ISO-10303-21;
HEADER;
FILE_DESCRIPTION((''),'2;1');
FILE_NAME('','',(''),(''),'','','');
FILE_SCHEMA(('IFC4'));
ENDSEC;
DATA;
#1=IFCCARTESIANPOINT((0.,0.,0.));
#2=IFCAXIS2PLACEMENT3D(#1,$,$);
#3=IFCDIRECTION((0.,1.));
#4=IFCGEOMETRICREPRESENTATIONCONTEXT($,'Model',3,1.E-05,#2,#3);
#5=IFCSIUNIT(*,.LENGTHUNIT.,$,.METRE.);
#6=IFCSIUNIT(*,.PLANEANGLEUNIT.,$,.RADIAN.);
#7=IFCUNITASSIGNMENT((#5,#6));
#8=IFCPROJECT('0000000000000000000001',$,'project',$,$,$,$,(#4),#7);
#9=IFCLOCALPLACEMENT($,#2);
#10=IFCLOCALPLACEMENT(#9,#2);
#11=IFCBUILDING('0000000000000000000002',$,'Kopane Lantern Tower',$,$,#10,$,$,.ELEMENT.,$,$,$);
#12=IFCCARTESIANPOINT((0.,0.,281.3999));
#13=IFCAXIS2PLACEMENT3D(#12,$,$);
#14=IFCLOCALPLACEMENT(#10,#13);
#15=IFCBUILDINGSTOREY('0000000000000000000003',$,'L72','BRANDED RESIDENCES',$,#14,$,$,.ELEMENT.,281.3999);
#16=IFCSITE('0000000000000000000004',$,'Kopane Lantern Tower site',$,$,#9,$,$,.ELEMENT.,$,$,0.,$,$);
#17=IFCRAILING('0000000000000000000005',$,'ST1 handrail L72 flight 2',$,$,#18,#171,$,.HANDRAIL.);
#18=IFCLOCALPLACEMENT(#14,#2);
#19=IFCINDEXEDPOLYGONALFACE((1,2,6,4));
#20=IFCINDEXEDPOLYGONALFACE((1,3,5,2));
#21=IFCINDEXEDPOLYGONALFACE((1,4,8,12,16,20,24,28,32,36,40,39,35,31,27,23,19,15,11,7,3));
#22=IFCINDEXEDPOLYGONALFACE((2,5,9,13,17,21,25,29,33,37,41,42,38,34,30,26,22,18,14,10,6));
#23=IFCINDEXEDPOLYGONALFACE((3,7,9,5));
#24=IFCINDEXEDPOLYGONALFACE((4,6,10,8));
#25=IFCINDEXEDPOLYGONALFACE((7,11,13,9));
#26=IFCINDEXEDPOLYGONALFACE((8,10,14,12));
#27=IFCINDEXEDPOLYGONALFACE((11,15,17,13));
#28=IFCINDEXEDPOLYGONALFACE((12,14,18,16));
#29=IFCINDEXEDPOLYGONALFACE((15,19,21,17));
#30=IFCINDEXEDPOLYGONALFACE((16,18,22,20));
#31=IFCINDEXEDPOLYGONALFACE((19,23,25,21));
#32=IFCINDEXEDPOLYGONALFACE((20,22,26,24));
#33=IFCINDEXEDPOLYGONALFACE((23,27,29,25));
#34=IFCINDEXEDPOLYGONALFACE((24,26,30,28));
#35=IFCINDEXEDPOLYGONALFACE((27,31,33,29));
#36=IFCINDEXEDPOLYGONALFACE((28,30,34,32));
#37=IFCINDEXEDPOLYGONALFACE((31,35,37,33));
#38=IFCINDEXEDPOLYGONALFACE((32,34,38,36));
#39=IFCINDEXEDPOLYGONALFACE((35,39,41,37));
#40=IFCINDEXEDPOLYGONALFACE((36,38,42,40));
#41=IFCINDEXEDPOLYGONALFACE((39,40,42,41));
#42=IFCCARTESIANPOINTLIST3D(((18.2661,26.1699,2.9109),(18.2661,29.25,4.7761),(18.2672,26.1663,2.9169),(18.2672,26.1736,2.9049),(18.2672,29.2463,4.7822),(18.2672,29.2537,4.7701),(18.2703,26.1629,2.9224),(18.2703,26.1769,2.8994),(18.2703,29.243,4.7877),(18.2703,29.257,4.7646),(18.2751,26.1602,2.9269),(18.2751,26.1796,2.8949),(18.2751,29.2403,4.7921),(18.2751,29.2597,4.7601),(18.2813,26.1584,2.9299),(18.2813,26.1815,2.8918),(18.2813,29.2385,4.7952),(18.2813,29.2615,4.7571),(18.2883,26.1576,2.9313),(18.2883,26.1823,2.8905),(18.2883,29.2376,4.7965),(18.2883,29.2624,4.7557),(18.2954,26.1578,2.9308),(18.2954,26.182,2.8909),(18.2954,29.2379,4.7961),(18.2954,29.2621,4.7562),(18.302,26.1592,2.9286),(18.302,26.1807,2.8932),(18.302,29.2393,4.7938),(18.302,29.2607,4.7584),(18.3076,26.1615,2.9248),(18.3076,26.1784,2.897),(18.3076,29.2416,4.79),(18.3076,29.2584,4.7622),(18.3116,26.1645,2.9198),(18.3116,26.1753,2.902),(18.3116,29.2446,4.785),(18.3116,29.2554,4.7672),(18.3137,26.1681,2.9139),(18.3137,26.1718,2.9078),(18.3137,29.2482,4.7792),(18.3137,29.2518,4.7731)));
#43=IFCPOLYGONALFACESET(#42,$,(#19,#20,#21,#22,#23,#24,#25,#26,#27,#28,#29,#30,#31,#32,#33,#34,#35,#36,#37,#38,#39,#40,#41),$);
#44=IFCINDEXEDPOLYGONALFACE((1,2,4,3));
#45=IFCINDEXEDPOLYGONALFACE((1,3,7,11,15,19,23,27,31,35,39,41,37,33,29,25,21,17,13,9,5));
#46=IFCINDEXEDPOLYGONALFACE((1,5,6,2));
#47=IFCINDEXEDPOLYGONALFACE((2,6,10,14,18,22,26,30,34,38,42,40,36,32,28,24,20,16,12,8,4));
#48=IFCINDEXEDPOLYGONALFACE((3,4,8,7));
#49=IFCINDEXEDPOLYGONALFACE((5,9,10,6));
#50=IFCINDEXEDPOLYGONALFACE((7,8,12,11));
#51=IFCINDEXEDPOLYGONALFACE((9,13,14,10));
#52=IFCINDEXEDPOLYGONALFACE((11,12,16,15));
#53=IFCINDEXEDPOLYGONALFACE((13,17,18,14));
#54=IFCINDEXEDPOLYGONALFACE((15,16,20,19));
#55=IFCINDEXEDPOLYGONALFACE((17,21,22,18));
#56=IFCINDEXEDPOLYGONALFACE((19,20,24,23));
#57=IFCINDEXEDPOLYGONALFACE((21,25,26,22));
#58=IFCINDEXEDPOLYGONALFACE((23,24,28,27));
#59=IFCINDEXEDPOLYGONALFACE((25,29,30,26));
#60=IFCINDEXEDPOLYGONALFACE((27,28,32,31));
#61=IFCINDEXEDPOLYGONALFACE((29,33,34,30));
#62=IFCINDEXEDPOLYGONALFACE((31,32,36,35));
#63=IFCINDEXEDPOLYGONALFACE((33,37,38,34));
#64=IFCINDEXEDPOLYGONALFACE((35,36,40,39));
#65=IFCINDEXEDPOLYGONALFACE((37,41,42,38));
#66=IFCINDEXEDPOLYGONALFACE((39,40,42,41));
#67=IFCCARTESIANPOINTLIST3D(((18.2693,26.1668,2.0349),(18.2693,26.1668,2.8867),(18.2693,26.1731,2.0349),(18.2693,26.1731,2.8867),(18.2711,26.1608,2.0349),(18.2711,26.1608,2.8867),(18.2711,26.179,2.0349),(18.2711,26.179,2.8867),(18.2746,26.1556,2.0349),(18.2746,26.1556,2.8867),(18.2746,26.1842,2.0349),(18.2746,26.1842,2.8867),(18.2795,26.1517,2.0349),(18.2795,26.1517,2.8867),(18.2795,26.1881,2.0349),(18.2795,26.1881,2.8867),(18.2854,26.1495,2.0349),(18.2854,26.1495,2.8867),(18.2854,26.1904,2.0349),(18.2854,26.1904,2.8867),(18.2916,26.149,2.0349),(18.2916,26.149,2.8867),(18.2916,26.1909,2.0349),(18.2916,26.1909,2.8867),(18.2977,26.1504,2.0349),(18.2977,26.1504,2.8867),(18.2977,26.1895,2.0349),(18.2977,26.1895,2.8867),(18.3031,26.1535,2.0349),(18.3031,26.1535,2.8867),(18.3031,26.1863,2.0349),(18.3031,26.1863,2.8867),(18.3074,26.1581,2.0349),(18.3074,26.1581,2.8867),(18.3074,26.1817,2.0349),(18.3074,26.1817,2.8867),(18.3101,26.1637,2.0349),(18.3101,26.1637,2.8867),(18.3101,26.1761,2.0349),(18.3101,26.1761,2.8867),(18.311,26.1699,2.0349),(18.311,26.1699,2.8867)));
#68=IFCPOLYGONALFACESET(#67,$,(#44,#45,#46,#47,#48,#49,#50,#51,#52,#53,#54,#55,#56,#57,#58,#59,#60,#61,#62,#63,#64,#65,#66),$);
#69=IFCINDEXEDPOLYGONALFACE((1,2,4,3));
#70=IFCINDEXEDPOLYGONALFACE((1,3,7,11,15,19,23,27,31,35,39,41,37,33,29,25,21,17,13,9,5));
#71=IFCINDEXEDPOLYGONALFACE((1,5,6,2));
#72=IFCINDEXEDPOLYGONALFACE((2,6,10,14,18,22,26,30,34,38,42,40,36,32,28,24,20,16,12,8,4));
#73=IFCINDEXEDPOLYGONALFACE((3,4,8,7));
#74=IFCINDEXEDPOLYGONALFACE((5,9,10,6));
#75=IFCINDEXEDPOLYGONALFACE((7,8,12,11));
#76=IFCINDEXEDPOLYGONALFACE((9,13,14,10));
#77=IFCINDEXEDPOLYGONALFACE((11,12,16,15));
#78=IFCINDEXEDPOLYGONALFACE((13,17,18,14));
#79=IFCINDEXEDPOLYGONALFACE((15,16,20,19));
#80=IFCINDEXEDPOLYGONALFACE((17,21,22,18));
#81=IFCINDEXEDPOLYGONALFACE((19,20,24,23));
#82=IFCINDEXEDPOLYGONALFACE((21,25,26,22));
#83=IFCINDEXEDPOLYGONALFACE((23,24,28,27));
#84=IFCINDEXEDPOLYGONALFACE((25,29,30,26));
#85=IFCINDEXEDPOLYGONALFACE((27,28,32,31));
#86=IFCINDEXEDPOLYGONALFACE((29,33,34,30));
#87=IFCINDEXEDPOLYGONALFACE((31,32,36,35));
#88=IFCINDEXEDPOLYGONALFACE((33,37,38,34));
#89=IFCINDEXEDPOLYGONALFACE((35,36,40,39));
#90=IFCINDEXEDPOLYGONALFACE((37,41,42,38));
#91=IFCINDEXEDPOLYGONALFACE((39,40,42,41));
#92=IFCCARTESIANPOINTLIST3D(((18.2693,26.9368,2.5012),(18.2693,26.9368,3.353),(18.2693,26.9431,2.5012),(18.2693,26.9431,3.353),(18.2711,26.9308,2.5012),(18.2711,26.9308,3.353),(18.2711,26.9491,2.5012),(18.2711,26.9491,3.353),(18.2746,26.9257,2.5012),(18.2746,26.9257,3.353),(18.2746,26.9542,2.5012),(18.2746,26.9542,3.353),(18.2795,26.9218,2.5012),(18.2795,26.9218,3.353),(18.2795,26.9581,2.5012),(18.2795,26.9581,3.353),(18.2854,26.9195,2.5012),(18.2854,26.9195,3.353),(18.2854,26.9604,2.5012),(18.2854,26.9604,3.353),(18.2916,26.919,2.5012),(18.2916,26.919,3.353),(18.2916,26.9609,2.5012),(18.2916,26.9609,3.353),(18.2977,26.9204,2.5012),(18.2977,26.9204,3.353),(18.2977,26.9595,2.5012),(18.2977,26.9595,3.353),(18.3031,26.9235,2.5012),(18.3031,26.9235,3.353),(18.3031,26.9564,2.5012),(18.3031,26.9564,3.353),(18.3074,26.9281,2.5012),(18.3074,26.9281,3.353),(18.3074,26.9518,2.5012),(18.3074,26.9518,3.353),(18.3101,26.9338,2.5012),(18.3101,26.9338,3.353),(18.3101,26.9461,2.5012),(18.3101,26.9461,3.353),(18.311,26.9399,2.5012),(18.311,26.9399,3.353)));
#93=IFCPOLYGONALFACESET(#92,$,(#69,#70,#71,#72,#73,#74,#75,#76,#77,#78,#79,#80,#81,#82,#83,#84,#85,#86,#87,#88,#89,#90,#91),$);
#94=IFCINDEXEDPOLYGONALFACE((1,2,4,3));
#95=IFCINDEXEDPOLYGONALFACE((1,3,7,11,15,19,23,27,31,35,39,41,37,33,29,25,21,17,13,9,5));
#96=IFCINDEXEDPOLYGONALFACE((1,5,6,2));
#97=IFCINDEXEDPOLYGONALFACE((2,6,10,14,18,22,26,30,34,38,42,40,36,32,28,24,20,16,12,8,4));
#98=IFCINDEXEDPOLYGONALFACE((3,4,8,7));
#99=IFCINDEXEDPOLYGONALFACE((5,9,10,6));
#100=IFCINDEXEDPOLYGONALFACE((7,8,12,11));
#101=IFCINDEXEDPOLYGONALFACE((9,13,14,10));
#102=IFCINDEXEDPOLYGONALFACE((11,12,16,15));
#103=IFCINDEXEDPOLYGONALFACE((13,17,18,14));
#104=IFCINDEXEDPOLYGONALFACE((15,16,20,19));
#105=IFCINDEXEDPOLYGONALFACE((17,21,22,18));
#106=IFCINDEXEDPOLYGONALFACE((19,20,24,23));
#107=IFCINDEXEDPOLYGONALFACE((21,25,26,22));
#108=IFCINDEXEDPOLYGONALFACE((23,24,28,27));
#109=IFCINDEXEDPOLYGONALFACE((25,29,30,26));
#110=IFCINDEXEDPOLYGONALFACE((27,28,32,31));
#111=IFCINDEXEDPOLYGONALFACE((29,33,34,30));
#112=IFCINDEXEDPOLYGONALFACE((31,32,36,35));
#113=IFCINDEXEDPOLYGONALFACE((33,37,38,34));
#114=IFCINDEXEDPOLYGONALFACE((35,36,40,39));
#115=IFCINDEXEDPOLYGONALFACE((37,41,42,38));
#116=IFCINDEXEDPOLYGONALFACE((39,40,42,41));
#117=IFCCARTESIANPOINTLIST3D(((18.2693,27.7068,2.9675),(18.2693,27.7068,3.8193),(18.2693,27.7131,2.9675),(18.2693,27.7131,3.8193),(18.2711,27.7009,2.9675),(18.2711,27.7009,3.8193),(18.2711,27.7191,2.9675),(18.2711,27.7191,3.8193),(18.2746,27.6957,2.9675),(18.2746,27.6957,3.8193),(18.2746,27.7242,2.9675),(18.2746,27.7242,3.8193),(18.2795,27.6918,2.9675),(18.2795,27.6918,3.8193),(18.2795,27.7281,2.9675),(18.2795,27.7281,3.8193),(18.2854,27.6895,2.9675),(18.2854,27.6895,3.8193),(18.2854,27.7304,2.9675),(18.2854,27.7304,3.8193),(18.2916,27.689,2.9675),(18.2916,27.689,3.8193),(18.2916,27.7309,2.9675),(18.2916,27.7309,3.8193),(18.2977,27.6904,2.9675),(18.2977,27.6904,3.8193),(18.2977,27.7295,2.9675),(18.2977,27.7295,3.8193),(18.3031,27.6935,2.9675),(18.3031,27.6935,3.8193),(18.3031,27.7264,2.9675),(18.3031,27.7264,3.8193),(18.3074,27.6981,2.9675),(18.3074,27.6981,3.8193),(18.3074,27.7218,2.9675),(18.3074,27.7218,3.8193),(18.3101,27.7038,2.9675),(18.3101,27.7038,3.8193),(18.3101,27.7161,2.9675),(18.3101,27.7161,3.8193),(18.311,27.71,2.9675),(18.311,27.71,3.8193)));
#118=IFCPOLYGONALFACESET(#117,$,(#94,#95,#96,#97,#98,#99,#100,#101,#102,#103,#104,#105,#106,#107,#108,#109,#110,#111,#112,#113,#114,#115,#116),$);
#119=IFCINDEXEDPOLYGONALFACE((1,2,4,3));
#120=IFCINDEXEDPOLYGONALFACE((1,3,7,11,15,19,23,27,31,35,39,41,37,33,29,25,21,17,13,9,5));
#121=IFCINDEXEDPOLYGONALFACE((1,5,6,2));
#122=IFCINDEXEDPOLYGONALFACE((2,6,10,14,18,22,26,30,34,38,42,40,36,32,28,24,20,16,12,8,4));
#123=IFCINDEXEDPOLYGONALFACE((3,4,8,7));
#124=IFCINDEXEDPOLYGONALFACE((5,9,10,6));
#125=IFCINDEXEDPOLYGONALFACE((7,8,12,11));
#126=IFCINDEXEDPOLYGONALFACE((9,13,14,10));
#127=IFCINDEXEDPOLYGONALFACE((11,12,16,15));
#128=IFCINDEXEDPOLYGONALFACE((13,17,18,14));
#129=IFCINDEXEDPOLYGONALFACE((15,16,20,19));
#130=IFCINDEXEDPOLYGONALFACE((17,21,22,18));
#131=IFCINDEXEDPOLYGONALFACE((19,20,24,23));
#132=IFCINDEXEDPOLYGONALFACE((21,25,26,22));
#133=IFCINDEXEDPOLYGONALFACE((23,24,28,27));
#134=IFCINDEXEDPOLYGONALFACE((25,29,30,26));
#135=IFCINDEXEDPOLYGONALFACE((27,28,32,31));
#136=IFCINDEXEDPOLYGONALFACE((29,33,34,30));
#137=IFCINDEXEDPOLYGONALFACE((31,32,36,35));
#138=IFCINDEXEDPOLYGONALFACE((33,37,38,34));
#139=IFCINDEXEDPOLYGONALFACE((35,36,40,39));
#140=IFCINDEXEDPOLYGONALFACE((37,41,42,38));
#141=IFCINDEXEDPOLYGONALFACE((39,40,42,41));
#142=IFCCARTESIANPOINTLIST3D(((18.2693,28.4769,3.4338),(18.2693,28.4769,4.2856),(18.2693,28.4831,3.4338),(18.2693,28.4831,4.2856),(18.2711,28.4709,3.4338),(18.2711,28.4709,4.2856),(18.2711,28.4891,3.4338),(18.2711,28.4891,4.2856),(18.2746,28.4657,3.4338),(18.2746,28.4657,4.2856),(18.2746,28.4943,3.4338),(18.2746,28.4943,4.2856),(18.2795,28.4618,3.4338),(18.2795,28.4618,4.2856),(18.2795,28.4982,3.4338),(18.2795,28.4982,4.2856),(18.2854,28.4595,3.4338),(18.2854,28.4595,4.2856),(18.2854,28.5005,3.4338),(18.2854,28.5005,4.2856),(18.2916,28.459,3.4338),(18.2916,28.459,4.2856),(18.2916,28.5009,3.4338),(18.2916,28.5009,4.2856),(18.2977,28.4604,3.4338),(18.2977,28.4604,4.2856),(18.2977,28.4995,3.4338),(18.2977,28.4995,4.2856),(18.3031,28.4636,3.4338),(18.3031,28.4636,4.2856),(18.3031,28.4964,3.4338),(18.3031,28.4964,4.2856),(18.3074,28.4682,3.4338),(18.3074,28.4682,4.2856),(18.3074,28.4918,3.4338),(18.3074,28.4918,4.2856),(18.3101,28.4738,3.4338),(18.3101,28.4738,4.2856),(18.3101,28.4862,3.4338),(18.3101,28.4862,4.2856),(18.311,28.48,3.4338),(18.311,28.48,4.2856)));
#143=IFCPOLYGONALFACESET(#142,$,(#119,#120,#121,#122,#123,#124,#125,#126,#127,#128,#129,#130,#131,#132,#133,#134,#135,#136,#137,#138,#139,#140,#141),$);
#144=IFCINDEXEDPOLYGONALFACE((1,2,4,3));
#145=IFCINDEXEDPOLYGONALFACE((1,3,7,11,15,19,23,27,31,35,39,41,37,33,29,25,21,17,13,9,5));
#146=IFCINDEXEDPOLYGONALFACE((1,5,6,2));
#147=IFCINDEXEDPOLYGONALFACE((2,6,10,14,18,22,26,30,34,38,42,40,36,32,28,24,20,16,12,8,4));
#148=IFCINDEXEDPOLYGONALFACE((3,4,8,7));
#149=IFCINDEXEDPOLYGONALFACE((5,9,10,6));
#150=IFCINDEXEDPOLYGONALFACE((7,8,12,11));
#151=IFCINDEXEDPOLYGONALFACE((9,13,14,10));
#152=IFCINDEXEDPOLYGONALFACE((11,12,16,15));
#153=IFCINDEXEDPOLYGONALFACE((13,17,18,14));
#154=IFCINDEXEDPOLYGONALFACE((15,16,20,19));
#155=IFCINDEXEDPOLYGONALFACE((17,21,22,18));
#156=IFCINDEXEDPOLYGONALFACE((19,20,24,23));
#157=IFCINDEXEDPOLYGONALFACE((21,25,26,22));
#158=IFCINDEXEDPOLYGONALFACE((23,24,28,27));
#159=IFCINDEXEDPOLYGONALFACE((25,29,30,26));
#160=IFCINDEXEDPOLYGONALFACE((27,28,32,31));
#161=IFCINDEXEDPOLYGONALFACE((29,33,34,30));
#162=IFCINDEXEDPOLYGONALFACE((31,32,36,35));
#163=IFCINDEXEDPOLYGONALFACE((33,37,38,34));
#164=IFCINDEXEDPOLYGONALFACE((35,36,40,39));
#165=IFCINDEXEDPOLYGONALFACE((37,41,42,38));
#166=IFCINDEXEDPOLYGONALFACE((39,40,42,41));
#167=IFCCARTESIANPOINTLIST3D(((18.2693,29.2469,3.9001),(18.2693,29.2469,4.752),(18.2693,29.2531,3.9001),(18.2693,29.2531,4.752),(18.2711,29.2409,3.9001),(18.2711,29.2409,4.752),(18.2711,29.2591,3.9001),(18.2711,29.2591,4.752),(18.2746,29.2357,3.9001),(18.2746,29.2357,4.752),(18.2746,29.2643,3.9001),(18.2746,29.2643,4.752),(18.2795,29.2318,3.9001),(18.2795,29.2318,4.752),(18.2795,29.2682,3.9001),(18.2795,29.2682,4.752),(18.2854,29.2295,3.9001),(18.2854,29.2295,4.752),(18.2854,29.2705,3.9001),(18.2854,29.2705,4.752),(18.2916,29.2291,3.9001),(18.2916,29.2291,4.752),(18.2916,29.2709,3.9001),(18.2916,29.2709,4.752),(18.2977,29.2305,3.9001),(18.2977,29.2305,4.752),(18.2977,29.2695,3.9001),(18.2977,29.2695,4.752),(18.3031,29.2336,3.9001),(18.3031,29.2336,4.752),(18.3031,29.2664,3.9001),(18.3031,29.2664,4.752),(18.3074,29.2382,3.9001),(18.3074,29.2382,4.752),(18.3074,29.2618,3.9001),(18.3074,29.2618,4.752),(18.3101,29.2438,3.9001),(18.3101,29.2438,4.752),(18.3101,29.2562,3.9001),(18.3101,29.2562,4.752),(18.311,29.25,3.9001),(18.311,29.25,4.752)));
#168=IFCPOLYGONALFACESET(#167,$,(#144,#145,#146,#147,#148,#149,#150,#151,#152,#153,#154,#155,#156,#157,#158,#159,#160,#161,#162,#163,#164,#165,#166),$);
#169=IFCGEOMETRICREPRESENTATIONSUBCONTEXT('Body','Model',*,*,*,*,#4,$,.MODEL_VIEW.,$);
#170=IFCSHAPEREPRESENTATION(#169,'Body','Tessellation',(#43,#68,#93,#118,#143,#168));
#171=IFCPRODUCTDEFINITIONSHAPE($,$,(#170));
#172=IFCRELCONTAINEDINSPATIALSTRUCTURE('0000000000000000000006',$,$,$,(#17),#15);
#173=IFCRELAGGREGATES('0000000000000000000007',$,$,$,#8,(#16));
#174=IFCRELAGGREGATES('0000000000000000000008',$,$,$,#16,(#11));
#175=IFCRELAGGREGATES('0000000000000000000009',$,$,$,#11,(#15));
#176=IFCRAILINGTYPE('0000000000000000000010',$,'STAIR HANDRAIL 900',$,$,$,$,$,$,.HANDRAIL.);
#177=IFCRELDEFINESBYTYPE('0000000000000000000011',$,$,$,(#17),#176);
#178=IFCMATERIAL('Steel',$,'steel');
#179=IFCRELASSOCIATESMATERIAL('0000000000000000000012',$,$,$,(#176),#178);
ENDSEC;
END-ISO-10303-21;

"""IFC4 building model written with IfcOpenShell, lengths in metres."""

from ifc_helpers import new_model, si_unit, direction, frame, origin, origin_2d, place, context, subcontext, project, spatial, circle, extrude, material, type_object, element, save


model = new_model("IFC4")

# Units and contexts
model_context = context("Model", 3, precision=1e-05, world=origin(), true_north=direction((0.0, 1.0)))
body_context = subcontext(model_context, "Body", "Model", "MODEL_VIEW")
ifc_project = project(units=[si_unit("LENGTHUNIT", "METRE"), si_unit("PLANEANGLEUNIT", "RADIAN")], contexts=[model_context])

# Site, building, storey
site_placement = place(None, origin())
site = spatial("IfcSite", under=ifc_project, at=site_placement, Name="Kopane Lantern Tower site", CompositionType="ELEMENT", RefElevation=0.0)
building_placement = place(site_placement, origin())
building = spatial("IfcBuilding", under=site, at=building_placement, Name="Kopane Lantern Tower", CompositionType="ELEMENT")
storey_placement = place(building_placement, frame((0.0, 0.0, 281.3999)))
storey = spatial("IfcBuildingStorey", under=building, at=storey_placement, Name="L72", Description="BRANDED RESIDENCES", CompositionType="ELEMENT", Elevation=281.3999)

# Railing
ifc_material_1 = material(Name="Steel", Category="steel")
railing_type_1 = type_object("IfcRailingType", Name="STAIR HANDRAIL 900", PredefinedType="HANDRAIL", material=ifc_material_1)
for number, where, name in (
    (1, (18.29, 26.1699, 2.0349), "ST1 handrail L72 flight 2"),
):
    element("IfcRailing", number, at=place(storey_placement, frame(where)), inside=storey, type_object=railing_type_1, Name=name, PredefinedType="HANDRAIL", context=body_context, shape_type="SweptSolid", body=[
        extrude(circle(Radius=0.0239, at=origin_2d()), frame((0.0, 0.0, 0.876), z_axis=(0.0, 0.85538, 0.518001), x_axis=(-1.0, 0.0, 0.0)), (0.0, 0.0, 1.0), 3.6008),
        extrude(circle(Radius=0.021, at=origin_2d()), origin(), (0.0, 0.0, 1.0), 0.8518),
        extrude(circle(Radius=0.021, at=origin_2d()), frame((0.0, 0.77, 0.4663)), (0.0, 0.0, 1.0), 0.8518),
        extrude(circle(Radius=0.021, at=origin_2d()), frame((0.0, 1.54, 0.9326)), (0.0, 0.0, 1.0), 0.8518),
        extrude(circle(Radius=0.021, at=origin_2d()), frame((0.0, 2.3101, 1.3989)), (0.0, 0.0, 1.0), 0.8518),
        extrude(circle(Radius=0.021, at=origin_2d()), frame((0.0, 3.0801, 1.8652)), (0.0, 0.0, 1.0), 0.8518),
    ])

save(model, "model.ifc")
